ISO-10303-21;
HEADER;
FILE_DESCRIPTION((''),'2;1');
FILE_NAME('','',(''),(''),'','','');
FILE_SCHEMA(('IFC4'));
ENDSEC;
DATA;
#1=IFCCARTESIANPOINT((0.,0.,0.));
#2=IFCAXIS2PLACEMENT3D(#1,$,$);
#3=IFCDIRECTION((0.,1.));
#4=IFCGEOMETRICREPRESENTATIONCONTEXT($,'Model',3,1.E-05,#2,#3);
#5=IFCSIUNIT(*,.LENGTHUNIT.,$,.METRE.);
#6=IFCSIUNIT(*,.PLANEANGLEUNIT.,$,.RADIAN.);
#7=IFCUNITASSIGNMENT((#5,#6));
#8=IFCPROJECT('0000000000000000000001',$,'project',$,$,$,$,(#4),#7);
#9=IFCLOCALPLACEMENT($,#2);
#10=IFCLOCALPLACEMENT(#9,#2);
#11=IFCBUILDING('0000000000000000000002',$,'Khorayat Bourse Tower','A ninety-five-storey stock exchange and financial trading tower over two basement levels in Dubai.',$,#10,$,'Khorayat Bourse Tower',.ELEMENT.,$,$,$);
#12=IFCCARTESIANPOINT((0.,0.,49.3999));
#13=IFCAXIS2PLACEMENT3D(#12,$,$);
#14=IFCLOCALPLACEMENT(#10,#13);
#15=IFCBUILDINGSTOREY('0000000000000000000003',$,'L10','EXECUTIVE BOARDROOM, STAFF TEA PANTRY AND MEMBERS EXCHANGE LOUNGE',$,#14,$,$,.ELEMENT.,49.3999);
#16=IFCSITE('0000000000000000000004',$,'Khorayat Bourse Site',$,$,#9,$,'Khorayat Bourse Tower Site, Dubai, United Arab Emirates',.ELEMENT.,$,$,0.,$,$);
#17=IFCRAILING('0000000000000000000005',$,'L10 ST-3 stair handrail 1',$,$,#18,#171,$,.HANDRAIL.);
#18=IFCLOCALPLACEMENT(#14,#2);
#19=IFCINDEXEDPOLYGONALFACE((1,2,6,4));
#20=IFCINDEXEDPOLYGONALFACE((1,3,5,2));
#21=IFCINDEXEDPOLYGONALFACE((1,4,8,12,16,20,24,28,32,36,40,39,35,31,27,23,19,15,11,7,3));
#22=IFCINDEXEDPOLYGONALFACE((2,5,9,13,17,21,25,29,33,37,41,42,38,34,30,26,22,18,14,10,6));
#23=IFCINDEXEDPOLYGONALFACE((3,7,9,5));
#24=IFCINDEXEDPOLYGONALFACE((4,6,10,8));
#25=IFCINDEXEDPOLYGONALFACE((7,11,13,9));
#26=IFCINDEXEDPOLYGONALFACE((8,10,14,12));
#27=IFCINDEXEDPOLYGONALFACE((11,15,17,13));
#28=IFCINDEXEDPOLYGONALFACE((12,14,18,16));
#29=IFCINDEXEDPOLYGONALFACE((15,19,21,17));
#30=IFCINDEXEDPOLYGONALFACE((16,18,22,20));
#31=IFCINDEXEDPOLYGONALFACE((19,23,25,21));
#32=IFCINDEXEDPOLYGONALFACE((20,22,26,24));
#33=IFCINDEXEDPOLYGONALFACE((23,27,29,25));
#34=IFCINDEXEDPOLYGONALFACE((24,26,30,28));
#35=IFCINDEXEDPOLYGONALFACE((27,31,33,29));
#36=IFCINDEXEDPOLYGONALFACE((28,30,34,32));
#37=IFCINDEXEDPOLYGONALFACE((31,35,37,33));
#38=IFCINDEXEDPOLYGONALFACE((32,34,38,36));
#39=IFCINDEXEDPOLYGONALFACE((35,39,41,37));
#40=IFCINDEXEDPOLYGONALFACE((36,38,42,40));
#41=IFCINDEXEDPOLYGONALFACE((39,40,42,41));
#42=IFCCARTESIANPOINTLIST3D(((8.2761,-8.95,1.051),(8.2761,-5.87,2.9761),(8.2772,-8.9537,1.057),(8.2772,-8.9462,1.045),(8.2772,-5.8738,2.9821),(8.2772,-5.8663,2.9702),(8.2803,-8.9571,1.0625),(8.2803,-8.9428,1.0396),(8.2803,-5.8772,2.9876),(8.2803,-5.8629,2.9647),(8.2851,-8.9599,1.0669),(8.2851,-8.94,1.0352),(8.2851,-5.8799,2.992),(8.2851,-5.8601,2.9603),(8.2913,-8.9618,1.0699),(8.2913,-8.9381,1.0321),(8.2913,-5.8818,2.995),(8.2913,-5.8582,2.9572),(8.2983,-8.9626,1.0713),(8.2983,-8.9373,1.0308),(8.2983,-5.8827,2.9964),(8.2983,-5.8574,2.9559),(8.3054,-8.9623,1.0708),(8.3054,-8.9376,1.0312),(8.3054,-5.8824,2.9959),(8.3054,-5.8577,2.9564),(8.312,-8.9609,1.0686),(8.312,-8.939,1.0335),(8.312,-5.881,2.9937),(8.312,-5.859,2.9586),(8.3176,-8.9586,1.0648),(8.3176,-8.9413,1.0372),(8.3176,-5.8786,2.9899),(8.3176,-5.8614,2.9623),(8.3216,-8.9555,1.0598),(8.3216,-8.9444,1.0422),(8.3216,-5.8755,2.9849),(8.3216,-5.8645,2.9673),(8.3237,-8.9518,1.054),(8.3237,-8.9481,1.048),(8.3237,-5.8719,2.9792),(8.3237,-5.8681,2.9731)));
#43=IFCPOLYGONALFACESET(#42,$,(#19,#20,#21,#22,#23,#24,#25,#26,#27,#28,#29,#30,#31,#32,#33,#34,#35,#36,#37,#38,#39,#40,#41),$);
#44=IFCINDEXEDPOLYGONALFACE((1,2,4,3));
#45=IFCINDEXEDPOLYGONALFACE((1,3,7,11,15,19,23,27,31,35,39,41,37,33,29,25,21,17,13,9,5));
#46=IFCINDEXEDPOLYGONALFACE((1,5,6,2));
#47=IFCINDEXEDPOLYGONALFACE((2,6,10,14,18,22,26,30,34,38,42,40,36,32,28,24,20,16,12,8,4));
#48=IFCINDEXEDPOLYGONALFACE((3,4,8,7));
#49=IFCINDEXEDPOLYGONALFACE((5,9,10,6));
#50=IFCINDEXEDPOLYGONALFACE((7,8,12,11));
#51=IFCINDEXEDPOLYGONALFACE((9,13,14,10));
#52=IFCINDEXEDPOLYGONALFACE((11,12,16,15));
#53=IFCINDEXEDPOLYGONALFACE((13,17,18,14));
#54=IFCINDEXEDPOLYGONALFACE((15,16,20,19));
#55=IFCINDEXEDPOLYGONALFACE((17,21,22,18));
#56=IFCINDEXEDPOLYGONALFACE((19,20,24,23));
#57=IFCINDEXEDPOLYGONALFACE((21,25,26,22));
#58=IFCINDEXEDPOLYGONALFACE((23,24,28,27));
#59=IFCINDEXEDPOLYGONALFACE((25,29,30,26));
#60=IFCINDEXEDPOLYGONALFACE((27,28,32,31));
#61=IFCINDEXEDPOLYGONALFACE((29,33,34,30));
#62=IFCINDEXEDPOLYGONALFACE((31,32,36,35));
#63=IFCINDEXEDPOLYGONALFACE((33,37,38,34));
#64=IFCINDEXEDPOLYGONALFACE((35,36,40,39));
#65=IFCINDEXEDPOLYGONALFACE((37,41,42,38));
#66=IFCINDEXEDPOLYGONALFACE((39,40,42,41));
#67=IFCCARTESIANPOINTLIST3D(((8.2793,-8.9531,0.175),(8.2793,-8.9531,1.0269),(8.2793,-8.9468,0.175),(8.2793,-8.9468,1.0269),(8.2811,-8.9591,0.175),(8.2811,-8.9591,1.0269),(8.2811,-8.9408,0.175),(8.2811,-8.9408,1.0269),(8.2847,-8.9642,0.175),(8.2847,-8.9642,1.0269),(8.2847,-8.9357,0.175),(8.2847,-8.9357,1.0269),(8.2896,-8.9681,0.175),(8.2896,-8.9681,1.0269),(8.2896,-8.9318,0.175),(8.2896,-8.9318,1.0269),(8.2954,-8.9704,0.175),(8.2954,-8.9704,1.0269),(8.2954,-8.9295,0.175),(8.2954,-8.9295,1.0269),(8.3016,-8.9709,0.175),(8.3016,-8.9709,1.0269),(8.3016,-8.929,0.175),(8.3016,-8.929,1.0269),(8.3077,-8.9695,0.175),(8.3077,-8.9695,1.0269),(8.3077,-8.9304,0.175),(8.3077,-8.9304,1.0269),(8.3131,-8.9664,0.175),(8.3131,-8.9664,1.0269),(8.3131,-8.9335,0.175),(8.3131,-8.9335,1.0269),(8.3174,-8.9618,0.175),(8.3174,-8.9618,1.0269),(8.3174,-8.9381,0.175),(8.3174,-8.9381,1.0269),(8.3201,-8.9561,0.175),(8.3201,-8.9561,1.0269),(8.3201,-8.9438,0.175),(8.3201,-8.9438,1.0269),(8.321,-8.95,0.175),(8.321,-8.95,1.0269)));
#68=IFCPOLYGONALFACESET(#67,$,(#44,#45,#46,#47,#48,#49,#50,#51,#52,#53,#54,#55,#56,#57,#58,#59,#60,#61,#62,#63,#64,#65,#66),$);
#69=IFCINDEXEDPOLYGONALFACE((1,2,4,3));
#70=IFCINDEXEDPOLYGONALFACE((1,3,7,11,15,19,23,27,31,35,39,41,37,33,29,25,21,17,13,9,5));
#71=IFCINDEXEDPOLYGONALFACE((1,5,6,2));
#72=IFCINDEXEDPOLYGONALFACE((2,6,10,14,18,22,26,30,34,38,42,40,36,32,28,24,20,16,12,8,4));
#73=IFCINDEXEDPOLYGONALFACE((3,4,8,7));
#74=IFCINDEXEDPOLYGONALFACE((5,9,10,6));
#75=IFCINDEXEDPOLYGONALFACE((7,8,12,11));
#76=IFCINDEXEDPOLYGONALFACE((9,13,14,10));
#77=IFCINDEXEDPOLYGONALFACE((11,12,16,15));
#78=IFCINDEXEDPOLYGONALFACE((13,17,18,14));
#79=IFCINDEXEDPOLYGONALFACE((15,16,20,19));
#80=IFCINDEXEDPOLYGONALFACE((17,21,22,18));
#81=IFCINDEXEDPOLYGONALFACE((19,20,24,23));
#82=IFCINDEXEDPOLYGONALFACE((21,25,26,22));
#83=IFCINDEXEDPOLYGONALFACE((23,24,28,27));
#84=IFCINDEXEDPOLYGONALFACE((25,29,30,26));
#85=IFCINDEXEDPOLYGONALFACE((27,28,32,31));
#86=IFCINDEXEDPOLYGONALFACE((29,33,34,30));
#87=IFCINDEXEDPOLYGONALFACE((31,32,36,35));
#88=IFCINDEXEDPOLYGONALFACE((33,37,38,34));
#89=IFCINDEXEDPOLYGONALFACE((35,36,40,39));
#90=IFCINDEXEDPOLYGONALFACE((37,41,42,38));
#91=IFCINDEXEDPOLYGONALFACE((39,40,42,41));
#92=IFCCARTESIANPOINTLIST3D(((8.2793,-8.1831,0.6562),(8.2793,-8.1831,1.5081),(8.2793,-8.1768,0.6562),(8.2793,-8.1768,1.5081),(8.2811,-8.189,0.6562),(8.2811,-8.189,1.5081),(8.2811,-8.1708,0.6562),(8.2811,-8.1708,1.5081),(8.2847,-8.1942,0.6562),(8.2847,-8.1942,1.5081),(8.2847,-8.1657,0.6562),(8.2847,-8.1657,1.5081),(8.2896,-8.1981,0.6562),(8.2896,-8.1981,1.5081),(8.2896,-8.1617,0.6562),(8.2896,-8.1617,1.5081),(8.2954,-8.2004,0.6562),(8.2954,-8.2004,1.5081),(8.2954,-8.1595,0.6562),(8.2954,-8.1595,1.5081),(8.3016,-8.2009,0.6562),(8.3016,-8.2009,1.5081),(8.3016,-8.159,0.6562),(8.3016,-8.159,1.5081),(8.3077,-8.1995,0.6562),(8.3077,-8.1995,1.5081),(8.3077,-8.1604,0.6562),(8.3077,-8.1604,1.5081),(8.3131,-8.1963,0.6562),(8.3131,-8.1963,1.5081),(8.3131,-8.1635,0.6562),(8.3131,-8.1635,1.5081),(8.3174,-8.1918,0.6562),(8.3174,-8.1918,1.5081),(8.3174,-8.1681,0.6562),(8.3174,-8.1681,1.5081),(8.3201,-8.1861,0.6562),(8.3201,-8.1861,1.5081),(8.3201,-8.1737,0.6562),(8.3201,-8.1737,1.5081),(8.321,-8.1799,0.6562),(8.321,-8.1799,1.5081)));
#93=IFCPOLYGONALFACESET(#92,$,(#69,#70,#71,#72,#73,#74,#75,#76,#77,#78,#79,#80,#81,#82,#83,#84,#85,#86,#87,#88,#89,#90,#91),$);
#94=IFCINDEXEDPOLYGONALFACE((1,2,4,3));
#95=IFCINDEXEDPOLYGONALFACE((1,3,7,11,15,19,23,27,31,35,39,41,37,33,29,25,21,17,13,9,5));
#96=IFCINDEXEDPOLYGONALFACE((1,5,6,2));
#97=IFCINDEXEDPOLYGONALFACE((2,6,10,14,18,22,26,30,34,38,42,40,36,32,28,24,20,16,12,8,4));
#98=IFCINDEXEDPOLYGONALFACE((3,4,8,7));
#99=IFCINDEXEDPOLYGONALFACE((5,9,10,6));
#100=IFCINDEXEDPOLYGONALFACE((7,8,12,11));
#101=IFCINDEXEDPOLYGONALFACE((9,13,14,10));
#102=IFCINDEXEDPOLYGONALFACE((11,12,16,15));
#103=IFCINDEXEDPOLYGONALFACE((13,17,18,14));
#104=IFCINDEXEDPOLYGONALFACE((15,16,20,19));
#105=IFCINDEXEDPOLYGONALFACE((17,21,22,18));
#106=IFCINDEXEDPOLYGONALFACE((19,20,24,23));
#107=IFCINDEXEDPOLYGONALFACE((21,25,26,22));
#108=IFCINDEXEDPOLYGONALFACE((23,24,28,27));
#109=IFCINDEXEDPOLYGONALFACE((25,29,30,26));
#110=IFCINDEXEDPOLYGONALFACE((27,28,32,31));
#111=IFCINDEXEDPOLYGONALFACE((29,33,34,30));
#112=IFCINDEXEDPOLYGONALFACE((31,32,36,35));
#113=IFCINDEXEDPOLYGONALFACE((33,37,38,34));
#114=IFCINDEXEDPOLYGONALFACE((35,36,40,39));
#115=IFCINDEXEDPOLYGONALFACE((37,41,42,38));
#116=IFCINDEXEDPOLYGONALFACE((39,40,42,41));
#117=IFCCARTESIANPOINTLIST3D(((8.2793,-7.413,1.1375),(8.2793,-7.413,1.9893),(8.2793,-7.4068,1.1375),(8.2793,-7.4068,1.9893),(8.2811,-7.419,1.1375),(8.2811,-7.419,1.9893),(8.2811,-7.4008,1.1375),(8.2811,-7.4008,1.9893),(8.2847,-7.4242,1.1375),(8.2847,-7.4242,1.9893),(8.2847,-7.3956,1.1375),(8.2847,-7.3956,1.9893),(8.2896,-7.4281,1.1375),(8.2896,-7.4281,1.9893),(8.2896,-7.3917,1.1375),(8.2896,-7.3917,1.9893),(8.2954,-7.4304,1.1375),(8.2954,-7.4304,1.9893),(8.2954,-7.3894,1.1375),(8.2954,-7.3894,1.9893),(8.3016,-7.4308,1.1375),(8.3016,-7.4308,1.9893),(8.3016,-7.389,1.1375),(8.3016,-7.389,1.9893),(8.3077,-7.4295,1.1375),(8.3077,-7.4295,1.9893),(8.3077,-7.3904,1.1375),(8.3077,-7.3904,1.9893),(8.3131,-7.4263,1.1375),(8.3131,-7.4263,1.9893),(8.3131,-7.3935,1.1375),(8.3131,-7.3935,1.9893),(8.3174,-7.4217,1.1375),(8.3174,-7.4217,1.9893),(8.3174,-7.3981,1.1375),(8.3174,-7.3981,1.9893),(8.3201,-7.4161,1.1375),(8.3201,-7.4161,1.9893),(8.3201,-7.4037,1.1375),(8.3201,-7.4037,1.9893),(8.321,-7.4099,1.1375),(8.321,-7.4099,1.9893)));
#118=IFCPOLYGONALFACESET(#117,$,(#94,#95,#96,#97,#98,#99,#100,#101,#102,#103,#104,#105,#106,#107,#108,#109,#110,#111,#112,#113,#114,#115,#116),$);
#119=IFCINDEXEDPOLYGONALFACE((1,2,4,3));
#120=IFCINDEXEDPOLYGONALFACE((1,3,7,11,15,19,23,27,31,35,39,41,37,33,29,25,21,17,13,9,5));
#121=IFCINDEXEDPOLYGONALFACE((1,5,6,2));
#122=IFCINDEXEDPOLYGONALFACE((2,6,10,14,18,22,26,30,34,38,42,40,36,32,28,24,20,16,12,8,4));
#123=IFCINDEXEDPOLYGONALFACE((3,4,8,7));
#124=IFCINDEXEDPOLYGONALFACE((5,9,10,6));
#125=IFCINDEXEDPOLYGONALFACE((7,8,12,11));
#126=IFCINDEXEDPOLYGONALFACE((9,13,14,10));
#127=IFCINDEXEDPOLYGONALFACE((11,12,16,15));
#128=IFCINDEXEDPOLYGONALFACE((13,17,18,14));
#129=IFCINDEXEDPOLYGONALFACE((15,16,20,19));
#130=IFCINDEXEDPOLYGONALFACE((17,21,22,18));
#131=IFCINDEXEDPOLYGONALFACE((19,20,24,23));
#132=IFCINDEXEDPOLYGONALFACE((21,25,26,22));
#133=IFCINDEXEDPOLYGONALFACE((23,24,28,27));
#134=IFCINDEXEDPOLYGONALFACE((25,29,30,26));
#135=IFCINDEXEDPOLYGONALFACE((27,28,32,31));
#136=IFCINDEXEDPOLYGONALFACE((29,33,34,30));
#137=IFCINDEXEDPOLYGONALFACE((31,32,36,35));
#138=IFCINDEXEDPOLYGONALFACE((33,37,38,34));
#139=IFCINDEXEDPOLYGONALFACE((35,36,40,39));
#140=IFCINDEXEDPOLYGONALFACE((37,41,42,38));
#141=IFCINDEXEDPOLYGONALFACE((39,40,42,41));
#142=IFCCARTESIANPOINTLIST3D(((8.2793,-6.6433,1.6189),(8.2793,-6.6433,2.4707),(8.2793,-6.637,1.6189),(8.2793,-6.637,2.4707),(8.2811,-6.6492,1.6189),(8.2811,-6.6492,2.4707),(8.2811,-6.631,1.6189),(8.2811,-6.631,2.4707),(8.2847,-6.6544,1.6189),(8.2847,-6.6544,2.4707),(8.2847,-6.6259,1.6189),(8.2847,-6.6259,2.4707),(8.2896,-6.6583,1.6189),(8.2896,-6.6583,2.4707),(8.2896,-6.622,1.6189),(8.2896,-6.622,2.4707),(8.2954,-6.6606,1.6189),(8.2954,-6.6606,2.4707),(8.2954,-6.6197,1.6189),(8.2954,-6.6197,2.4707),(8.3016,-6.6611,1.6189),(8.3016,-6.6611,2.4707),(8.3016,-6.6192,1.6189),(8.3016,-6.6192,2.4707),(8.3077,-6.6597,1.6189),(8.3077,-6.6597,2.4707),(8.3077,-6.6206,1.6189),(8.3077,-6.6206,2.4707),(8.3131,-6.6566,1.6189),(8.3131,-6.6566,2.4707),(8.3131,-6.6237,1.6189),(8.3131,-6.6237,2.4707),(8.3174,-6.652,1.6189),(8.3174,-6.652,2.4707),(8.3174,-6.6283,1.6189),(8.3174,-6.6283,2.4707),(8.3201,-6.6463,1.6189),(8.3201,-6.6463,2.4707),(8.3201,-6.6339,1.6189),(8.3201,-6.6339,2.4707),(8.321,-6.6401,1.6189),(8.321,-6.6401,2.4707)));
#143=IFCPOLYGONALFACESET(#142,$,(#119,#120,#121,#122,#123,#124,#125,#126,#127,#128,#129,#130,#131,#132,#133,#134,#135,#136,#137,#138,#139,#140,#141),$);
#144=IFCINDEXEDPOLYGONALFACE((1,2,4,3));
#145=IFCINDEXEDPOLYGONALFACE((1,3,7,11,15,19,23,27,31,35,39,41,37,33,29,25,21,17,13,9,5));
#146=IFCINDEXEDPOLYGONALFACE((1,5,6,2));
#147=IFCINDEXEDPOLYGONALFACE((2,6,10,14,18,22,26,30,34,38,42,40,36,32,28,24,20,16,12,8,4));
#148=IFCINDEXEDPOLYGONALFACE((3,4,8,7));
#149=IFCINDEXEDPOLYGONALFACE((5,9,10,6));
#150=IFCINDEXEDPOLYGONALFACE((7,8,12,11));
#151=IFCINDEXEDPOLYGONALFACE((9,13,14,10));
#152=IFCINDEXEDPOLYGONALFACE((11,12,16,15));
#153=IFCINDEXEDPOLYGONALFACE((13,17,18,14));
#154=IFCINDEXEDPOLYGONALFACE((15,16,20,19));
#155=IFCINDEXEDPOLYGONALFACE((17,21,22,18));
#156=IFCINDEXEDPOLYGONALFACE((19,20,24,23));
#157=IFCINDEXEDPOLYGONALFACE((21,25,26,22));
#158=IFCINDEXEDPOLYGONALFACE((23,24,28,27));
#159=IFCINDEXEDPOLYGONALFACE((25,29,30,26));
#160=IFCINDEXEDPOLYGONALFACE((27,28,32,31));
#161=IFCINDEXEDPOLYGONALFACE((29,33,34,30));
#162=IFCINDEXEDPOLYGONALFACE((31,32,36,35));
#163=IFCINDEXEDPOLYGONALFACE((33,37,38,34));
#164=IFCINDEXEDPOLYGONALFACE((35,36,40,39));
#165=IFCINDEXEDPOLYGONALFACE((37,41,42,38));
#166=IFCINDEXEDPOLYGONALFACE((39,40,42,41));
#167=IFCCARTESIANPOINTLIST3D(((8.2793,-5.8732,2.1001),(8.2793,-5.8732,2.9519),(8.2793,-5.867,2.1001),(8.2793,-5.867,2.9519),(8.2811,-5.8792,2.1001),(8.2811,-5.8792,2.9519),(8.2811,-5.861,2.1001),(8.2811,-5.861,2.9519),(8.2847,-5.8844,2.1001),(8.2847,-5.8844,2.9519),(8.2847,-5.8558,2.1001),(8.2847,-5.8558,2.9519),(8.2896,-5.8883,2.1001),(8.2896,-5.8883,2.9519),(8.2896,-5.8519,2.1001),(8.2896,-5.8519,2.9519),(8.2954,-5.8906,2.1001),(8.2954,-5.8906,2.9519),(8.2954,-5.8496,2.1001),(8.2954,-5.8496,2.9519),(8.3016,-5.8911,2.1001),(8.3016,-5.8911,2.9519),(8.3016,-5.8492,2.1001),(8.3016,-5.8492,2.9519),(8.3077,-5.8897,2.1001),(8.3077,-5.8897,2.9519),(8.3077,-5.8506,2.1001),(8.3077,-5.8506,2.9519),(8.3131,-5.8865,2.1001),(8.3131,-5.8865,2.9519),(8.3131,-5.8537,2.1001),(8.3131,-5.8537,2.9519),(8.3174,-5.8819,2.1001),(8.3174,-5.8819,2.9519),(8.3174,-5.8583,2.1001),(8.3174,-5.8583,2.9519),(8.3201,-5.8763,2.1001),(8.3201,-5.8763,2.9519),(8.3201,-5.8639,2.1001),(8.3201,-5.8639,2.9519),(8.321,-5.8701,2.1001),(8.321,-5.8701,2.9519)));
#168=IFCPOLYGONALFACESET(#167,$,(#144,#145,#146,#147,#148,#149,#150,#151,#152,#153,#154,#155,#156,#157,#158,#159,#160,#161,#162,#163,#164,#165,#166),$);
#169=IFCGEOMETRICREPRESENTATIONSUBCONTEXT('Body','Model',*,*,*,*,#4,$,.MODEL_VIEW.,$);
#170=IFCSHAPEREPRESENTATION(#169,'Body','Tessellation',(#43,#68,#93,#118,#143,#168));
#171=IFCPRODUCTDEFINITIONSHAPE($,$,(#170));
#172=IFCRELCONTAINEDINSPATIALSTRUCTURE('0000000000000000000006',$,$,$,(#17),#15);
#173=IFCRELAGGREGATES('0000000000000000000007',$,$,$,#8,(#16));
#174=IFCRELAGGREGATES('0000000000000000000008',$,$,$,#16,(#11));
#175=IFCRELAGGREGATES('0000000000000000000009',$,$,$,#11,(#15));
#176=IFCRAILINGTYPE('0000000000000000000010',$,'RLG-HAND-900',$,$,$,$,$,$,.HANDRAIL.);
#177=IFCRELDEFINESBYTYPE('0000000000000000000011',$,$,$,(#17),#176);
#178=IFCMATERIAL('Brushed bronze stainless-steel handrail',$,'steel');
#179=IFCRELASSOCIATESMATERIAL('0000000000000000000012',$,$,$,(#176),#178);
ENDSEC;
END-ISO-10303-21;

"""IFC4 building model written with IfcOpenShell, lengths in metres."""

from ifc_helpers import new_model, si_unit, direction, frame, origin, origin_2d, place, context, subcontext, project, spatial, circle, extrude, source, transform, mapped, material, type_object, element, save


model = new_model("IFC4")

# Units and contexts
model_context = context("Model", 3, precision=1e-05, world=origin(), true_north=direction((0.0, 1.0)))
body_context = subcontext(model_context, "Body", "Model", "MODEL_VIEW")
ifc_project = project(units=[si_unit("LENGTHUNIT", "METRE"), si_unit("PLANEANGLEUNIT", "RADIAN")], contexts=[model_context])

# Site, building, storey
site_placement = place(None, origin())
site = spatial("IfcSite", under=ifc_project, at=site_placement, Name="Khorayat Bourse Site", LongName="Khorayat Bourse Tower Site, Dubai, United Arab Emirates", CompositionType="ELEMENT", RefElevation=0.0)
building_placement = place(site_placement, origin())
building = spatial("IfcBuilding", under=site, at=building_placement, Name="Khorayat Bourse Tower", Description="A ninety-five-storey stock exchange and financial trading tower over two basement levels in Dubai.", LongName="Khorayat Bourse Tower", CompositionType="ELEMENT")
storey_placement = place(building_placement, frame((0.0, 0.0, 49.3999)))
storey = spatial("IfcBuildingStorey", under=building, at=storey_placement, Name="L10", Description="EXECUTIVE BOARDROOM, STAFF TEA PANTRY AND MEMBERS EXCHANGE LOUNGE", CompositionType="ELEMENT", Elevation=49.3999)

# Railing
ifc_material_1 = material(Name="Brushed bronze stainless-steel handrail", Category="steel")
railing_type_1 = type_object("IfcRailingType", Name="RLG-HAND-900", PredefinedType="HANDRAIL", material=ifc_material_1)
shared_shape_1 = source(origin(), body_context, "Body", "SweptSolid", [
    extrude(circle(Radius=0.0239, at=origin_2d()), frame((0.0, 0.0, 0.876), z_axis=(0.0, 0.847979, 0.530029), x_axis=(-1.0, 0.0, 0.0)), (0.0, 0.0, 1.0), 3.6321),
    extrude(circle(Radius=0.021, at=origin_2d()), origin(), (0.0, 0.0, 1.0), 0.8518),
    extrude(circle(Radius=0.021, at=origin_2d()), frame((0.0, 0.77, 0.4812)), (0.0, 0.0, 1.0), 0.8518),
    extrude(circle(Radius=0.021, at=origin_2d()), frame((0.0, 1.54, 0.9624)), (0.0, 0.0, 1.0), 0.8518),
    extrude(circle(Radius=0.021, at=origin_2d()), frame((0.0, 2.3098, 1.4438)), (0.0, 0.0, 1.0), 0.8518),
    extrude(circle(Radius=0.021, at=origin_2d()), frame((0.0, 3.0798, 1.925)), (0.0, 0.0, 1.0), 0.8518),
])
railing_1_placement = place(storey_placement, frame((8.3, -8.95, 0.175)))
element("IfcRailing", 1, at=railing_1_placement, inside=storey, type_object=railing_type_1, Name="L10 ST-3 stair handrail 1", PredefinedType="HANDRAIL", context=body_context, shape_type="MappedRepresentation", body=[
    mapped(shared_shape_1, transform((0.0, 0.0, 0.0), scale=1.0)),
])

save(model, "model.ifc")
